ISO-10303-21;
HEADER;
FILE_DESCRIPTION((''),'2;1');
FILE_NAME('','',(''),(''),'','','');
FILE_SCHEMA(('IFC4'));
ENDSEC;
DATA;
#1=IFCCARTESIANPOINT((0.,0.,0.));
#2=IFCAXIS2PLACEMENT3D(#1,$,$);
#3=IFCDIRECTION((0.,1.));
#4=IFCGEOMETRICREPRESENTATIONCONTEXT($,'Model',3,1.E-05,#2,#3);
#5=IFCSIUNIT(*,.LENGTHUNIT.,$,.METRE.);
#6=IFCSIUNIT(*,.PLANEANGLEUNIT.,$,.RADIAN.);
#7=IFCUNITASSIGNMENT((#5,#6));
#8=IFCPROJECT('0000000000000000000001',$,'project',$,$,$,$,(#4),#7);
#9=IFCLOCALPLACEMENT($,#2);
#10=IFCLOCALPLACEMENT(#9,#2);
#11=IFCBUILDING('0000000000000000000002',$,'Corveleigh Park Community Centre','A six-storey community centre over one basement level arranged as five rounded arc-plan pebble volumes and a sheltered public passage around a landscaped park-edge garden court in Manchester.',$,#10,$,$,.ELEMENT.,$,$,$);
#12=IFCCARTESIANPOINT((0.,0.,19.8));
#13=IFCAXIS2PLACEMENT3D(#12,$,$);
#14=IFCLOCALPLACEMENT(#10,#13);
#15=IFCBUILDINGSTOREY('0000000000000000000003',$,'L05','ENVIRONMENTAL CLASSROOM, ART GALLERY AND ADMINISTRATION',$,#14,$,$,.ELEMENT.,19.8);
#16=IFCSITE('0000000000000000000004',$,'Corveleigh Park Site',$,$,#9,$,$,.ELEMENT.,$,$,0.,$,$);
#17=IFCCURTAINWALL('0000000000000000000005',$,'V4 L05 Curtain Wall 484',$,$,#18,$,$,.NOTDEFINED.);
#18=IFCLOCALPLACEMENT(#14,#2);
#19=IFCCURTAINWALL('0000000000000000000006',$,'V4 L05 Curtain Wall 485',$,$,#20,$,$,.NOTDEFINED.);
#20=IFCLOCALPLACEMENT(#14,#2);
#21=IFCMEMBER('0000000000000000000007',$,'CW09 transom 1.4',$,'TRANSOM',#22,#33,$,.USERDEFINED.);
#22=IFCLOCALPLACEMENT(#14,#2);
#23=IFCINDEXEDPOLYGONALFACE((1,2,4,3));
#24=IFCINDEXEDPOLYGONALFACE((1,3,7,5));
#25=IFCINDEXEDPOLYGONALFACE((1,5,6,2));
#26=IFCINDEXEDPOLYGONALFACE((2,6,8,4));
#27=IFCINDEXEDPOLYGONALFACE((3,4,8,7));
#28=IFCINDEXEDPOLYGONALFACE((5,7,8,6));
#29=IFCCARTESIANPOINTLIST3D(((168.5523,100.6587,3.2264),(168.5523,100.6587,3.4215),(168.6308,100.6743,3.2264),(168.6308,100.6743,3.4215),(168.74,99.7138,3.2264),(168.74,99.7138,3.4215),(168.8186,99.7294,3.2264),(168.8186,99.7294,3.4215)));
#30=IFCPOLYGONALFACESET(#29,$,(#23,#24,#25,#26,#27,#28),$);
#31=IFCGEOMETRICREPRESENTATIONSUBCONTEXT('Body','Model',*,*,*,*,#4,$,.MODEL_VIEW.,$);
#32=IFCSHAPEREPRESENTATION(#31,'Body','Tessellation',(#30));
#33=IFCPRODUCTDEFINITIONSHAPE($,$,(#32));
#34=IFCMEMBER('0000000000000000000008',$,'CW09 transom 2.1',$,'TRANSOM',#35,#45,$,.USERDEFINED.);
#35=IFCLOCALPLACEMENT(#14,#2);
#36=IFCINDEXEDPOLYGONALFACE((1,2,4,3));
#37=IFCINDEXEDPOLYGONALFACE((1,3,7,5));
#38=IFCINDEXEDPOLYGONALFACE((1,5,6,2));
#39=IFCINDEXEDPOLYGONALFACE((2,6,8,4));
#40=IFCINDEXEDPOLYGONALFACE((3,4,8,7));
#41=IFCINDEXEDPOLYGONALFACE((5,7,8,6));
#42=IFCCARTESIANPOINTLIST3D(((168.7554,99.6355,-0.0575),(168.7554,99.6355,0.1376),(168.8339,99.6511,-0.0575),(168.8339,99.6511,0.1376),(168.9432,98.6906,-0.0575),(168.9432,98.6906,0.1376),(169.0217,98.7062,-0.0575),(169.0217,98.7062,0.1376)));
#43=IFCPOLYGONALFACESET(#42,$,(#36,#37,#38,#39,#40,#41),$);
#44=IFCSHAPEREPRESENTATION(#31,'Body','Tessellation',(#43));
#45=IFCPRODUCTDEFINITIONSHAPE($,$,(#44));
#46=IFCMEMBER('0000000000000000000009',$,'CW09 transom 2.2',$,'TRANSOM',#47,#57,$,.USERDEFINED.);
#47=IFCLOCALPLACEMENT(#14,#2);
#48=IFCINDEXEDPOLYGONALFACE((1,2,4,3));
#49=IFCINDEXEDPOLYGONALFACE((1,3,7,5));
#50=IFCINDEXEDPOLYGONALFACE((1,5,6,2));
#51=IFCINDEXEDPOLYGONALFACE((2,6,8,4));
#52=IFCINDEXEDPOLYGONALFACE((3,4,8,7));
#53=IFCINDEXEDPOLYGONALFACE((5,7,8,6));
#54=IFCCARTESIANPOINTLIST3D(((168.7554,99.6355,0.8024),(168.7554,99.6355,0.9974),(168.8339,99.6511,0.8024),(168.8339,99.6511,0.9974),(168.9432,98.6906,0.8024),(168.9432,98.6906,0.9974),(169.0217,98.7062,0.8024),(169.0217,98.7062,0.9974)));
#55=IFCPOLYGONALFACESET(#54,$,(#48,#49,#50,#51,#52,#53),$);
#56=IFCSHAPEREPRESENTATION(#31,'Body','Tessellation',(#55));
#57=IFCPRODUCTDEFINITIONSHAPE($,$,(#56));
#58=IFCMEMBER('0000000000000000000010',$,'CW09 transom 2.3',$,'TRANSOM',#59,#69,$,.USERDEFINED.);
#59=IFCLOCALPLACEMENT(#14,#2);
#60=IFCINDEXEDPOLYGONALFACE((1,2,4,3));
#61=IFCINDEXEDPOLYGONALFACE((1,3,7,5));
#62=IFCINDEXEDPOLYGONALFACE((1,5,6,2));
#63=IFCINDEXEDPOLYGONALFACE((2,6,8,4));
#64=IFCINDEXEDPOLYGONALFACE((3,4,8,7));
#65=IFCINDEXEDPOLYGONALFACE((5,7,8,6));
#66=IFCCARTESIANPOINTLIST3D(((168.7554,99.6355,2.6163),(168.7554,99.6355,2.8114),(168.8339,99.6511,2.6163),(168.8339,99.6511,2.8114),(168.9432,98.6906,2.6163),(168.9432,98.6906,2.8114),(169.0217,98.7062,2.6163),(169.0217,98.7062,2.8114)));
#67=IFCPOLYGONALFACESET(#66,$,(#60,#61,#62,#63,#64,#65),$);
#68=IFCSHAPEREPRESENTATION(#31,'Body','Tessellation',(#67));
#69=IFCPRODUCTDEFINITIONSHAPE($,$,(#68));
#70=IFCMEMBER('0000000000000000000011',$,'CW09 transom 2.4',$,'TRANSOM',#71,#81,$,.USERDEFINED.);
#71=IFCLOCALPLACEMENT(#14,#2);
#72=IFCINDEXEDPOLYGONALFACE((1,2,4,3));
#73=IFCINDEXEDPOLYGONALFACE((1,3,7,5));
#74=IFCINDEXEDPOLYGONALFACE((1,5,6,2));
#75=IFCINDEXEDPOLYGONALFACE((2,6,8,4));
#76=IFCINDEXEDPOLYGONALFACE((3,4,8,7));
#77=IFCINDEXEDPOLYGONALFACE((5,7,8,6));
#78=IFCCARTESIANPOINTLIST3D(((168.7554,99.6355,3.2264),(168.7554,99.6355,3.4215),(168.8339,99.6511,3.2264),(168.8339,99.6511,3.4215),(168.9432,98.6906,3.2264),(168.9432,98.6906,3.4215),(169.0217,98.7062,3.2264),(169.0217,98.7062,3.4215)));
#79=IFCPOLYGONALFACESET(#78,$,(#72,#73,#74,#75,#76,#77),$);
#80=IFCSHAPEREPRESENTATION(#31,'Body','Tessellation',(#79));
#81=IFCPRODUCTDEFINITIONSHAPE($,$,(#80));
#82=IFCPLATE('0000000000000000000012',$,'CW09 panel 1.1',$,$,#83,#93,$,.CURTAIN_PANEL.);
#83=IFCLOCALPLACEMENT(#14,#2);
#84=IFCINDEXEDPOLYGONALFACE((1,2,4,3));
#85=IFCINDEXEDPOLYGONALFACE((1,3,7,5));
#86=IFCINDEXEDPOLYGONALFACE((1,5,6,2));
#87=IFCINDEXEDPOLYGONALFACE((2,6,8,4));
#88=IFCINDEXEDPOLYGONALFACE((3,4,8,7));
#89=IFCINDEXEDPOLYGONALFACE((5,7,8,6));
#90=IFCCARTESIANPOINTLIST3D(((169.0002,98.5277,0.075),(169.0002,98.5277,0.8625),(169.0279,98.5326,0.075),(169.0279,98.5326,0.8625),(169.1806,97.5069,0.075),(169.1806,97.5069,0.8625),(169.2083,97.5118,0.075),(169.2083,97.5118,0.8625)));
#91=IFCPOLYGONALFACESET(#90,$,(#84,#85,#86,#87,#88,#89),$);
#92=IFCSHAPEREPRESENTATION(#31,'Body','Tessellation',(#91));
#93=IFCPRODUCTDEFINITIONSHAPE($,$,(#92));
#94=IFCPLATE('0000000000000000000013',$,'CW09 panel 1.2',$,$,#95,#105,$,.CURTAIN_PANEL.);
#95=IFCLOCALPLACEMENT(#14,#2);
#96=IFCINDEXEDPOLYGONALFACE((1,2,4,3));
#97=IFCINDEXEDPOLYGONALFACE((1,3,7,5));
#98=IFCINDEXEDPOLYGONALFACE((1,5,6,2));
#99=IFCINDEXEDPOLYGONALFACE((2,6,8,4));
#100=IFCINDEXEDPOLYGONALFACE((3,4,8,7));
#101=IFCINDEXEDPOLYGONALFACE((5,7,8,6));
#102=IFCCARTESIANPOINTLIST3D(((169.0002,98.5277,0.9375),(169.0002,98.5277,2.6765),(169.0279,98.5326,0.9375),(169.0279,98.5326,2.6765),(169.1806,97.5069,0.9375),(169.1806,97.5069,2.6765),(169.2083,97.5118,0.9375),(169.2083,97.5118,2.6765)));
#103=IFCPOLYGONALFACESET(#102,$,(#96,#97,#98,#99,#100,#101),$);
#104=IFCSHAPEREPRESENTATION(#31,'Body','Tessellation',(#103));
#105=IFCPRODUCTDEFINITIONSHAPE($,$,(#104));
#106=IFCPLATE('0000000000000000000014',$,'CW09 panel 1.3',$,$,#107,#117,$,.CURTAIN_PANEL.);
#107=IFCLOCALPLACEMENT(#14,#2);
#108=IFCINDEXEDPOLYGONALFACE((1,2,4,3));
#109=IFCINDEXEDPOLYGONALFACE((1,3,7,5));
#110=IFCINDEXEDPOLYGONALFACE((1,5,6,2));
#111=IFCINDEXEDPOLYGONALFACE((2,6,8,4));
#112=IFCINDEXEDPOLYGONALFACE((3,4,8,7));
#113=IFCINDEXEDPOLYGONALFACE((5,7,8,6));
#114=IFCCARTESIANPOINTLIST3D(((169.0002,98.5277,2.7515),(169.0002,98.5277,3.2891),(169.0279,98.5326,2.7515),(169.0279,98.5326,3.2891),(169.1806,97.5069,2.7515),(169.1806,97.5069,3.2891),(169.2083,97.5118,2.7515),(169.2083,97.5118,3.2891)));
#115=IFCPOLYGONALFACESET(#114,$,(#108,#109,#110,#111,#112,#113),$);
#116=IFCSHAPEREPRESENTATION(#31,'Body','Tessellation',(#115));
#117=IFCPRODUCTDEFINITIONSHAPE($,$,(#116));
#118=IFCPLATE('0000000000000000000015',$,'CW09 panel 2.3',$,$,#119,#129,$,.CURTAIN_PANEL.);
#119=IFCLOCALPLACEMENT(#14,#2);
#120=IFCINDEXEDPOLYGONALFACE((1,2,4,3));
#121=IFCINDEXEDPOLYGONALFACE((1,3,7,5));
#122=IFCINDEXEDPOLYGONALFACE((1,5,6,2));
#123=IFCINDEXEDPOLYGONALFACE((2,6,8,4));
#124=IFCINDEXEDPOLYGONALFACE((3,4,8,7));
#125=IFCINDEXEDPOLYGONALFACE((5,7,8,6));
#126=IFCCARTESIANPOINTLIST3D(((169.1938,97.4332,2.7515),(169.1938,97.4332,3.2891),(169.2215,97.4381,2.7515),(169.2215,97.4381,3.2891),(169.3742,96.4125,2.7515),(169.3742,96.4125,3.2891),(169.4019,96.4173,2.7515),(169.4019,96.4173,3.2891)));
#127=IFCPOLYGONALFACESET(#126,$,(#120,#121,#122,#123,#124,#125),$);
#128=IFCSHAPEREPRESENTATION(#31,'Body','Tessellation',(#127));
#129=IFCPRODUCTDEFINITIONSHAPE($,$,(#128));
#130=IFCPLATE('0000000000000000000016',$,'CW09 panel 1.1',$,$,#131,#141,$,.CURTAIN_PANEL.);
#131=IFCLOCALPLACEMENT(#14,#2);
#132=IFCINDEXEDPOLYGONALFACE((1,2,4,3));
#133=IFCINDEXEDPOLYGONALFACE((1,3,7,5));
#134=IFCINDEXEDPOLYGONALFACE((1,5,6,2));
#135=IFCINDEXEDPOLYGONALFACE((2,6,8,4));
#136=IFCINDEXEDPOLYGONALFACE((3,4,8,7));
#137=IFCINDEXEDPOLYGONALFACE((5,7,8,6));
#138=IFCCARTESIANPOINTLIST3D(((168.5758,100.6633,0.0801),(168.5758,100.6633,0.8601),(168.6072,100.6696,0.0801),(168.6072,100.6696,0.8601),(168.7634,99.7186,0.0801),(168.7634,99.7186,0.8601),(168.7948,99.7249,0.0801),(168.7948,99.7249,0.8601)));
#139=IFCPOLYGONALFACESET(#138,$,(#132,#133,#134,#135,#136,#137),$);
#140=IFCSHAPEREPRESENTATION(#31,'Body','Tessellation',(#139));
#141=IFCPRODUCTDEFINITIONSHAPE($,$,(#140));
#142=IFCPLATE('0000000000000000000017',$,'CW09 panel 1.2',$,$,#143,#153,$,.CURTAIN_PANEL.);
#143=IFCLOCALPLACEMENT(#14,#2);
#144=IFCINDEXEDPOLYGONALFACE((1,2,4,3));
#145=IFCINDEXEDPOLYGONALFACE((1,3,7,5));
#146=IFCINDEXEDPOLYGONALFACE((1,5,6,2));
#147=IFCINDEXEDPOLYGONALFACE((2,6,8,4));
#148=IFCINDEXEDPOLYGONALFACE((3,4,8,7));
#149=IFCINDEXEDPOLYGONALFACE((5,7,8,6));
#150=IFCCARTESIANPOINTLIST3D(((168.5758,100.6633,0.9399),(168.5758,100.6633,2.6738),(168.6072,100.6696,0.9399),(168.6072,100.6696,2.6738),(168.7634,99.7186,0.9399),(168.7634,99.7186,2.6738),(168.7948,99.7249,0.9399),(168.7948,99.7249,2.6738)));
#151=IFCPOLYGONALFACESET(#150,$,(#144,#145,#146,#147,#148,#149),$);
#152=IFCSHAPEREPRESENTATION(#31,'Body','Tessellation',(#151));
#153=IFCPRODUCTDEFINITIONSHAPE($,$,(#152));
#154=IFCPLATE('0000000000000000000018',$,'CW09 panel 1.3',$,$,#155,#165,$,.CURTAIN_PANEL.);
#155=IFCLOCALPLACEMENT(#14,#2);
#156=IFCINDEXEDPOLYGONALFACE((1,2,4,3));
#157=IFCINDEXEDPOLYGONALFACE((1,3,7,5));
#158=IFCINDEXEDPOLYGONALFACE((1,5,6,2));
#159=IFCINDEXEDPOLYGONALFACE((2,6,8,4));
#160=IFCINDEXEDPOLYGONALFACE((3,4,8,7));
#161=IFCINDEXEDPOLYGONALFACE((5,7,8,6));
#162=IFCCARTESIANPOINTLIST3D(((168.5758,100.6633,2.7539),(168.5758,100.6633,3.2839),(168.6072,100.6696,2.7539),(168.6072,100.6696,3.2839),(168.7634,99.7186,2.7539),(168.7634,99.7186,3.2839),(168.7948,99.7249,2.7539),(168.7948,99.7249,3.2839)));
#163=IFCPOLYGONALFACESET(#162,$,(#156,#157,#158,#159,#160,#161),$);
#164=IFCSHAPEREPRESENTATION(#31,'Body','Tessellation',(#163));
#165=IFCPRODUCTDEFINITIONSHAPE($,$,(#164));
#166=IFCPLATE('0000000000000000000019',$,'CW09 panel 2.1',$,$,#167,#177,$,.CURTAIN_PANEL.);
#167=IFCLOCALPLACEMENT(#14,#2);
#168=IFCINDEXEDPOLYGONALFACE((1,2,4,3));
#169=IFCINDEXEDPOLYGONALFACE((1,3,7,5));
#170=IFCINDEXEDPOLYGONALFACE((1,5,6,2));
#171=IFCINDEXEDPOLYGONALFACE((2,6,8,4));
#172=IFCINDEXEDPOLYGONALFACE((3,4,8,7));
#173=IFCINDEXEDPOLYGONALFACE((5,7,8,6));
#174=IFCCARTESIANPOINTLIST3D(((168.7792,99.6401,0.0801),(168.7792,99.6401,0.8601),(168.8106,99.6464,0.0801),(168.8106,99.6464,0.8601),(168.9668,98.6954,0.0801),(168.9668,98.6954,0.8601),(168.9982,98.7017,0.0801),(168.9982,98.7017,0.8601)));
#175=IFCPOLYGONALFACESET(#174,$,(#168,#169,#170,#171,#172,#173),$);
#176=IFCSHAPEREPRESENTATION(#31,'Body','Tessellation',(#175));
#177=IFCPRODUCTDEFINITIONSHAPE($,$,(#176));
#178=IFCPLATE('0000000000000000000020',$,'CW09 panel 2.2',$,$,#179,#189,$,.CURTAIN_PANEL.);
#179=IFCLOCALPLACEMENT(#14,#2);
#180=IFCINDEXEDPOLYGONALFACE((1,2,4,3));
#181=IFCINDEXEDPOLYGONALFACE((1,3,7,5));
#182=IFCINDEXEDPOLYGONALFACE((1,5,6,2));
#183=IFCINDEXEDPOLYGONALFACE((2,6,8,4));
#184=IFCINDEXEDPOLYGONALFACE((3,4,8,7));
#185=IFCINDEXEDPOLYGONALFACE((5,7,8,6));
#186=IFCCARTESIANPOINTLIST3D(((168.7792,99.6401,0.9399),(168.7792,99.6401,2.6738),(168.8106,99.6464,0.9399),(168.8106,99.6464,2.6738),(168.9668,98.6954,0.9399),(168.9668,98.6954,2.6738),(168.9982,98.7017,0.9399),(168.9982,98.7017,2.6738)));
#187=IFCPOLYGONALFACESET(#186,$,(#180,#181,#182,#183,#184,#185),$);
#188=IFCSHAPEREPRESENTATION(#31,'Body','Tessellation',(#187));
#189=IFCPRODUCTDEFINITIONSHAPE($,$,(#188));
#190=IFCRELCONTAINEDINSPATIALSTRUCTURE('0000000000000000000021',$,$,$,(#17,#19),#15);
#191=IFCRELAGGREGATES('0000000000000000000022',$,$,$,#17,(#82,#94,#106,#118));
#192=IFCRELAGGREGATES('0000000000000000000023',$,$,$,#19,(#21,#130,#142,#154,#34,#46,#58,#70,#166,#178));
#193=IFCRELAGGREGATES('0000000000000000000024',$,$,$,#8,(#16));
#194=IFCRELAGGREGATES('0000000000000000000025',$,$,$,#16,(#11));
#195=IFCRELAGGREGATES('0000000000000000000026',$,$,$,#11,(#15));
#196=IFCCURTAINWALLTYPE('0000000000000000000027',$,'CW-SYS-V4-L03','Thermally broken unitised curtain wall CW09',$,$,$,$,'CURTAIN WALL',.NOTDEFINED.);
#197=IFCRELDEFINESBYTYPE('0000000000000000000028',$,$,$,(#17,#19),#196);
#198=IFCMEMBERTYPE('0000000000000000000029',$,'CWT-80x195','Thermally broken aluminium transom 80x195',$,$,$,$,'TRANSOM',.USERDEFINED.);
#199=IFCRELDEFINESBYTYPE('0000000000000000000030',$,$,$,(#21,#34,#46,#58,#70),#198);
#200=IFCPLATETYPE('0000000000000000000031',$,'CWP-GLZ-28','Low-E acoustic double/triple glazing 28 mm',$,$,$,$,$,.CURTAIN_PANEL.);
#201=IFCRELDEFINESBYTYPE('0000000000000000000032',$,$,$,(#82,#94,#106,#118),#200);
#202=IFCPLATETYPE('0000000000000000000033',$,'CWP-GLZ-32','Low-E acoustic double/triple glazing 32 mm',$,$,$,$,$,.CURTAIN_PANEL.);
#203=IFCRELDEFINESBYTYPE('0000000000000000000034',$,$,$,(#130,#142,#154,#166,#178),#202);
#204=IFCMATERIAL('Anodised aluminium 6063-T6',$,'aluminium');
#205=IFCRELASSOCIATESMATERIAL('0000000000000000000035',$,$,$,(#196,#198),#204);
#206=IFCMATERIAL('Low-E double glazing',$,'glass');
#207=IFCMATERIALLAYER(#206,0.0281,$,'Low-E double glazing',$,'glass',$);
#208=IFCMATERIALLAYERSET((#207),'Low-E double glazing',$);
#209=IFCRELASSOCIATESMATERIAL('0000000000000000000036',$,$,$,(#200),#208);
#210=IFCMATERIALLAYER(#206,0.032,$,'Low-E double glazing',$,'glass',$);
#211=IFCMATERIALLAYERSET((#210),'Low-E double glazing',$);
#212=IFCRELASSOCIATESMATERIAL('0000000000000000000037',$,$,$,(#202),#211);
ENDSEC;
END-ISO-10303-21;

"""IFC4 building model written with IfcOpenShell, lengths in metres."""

from ifc_helpers import new_model, si_unit, direction, frame, origin, origin_2d, place, context, subcontext, project, spatial, rectangle, extrude, material, layer, layer_set, material_profile, profile_set, type_object, element, aggregate, save


model = new_model("IFC4")

# Units and contexts
model_context = context("Model", 3, precision=1e-05, world=origin(), true_north=direction((0.0, 1.0)))
body_context = subcontext(model_context, "Body", "Model", "MODEL_VIEW")
ifc_project = project(units=[si_unit("LENGTHUNIT", "METRE"), si_unit("PLANEANGLEUNIT", "RADIAN")], contexts=[model_context])

# Site, building, storey
site_placement = place(None, origin())
site = spatial("IfcSite", under=ifc_project, at=site_placement, Name="Corveleigh Park Site", CompositionType="ELEMENT", RefElevation=0.0)
building_placement = place(site_placement, origin())
building = spatial("IfcBuilding", under=site, at=building_placement, Name="Corveleigh Park Community Centre", Description="A six-storey community centre over one basement level arranged as five rounded arc-plan pebble volumes and a sheltered public passage around a landscaped park-edge garden court in Manchester.", CompositionType="ELEMENT")
storey_placement = place(building_placement, frame((0.0, 0.0, 19.8)))
storey = spatial("IfcBuildingStorey", under=building, at=storey_placement, Name="L05", Description="ENVIRONMENTAL CLASSROOM, ART GALLERY AND ADMINISTRATION", CompositionType="ELEMENT", Elevation=19.8)

# Curtain walls
ifc_material_1 = material(Name="Anodised aluminium 6063-T6", Category="aluminium")
curtain_wall_type = type_object("IfcCurtainWallType", Name="CW-SYS-V4-L03", Description="Thermally broken unitised curtain wall CW09", ElementType="CURTAIN WALL", PredefinedType="NOTDEFINED", material=ifc_material_1)
curtain_wall_1_placement = place(storey_placement, origin())
curtain_wall_1 = element("IfcCurtainWall", 1, at=curtain_wall_1_placement, inside=storey, type_object=curtain_wall_type, Name="V4 L05 Curtain Wall 484", PredefinedType="NOTDEFINED")
curtain_wall_2_placement = place(storey_placement, origin())
curtain_wall_2 = element("IfcCurtainWall", 2, at=curtain_wall_2_placement, inside=storey, type_object=curtain_wall_type, Name="V4 L05 Curtain Wall 485", PredefinedType="NOTDEFINED")

# Members
ifc_material_profile_1 = material_profile(ifc_material_1, rectangle(XDim=0.0801, YDim=0.1951, at=origin_2d()), Name="ALU-T80x195", Category="aluminium")
ifc_profile_set_1 = profile_set([ifc_material_profile_1], Name="Anodised aluminium 6063-T6")
member_type_1 = type_object("IfcMemberType", Name="CWT-80x195", Description="Thermally broken aluminium transom 80x195", ElementType="TRANSOM", PredefinedType="USERDEFINED", material=ifc_profile_set_1)
member_1_placement = place(storey_placement, frame((168.5916, 100.6665, 3.324), z_axis=(0.194898, -0.980824, 0.0), x_axis=(0.980824, 0.194898, 0.0)))
member_1 = element("IfcMember", 3, at=member_1_placement, type_object=member_type_1, Name="CW09 transom 1.4", ObjectType="TRANSOM", PredefinedType="USERDEFINED", context=body_context, shape_type="SweptSolid", body=[
    extrude(rectangle(XDim=0.0801, YDim=0.1951, at=origin_2d()), origin(), (0.0, 0.0, 1.0), 0.9634),
])
member_2_placement = place(storey_placement, frame((168.7947, 99.6433, 0.04), z_axis=(0.194898, -0.980824, 0.0), x_axis=(0.980824, 0.194898, 0.0)))
member_2 = element("IfcMember", 4, at=member_2_placement, type_object=member_type_1, Name="CW09 transom 2.1", ObjectType="TRANSOM", PredefinedType="USERDEFINED", context=body_context, shape_type="SweptSolid", body=[
    extrude(rectangle(XDim=0.0801, YDim=0.1951, at=origin_2d()), origin(), (0.0, 0.0, 1.0), 0.9634),
])
member_3_placement = place(storey_placement, frame((168.7947, 99.6433, 0.8999), z_axis=(0.194898, -0.980824, 0.0), x_axis=(0.980824, 0.194898, 0.0)))
member_3 = element("IfcMember", 5, at=member_3_placement, type_object=member_type_1, Name="CW09 transom 2.2", ObjectType="TRANSOM", PredefinedType="USERDEFINED", context=body_context, shape_type="SweptSolid", body=[
    extrude(rectangle(XDim=0.0801, YDim=0.1951, at=origin_2d()), origin(), (0.0, 0.0, 1.0), 0.9634),
])
member_4_placement = place(storey_placement, frame((168.7947, 99.6433, 2.7139), z_axis=(0.194898, -0.980824, 0.0), x_axis=(0.980824, 0.194898, 0.0)))
member_4 = element("IfcMember", 6, at=member_4_placement, type_object=member_type_1, Name="CW09 transom 2.3", ObjectType="TRANSOM", PredefinedType="USERDEFINED", context=body_context, shape_type="SweptSolid", body=[
    extrude(rectangle(XDim=0.0801, YDim=0.1951, at=origin_2d()), origin(), (0.0, 0.0, 1.0), 0.9634),
])
member_5_placement = place(storey_placement, frame((168.7947, 99.6433, 3.324), z_axis=(0.194898, -0.980824, 0.0), x_axis=(0.980824, 0.194898, 0.0)))
member_5 = element("IfcMember", 7, at=member_5_placement, type_object=member_type_1, Name="CW09 transom 2.4", ObjectType="TRANSOM", PredefinedType="USERDEFINED", context=body_context, shape_type="SweptSolid", body=[
    extrude(rectangle(XDim=0.0801, YDim=0.1951, at=origin_2d()), origin(), (0.0, 0.0, 1.0), 0.9634),
])

# Plates
ifc_material_2 = material(Name="Low-E double glazing", Category="glass")
ifc_layer_1 = layer(ifc_material_2, 0.0281, Name="Low-E double glazing", Category="glass")
ifc_layer_set_1 = layer_set([ifc_layer_1], Name="Low-E double glazing")
plate_type_1 = type_object("IfcPlateType", Name="CWP-GLZ-28", Description="Low-E acoustic double/triple glazing 28 mm", PredefinedType="CURTAIN_PANEL", material=ifc_layer_set_1)
plate_1_placement = place(storey_placement, frame((169.1042, 98.0198, 0.075), z_axis=(0.0, 0.0, 1.0), x_axis=(0.174058, -0.984735, 0.0)))
plate_1 = element("IfcPlate", 8, at=plate_1_placement, type_object=plate_type_1, Name="CW09 panel 1.1", PredefinedType="CURTAIN_PANEL", context=body_context, shape_type="SweptSolid", body=[
    extrude(rectangle(XDim=1.0366, YDim=0.0281, at=origin_2d()), origin(), (0.0, 0.0, 1.0), 0.7876),
])
plate_2_placement = place(storey_placement, frame((169.1042, 98.0198, 0.9375), z_axis=(0.0, 0.0, 1.0), x_axis=(0.174058, -0.984735, 0.0)))
plate_2 = element("IfcPlate", 9, at=plate_2_placement, type_object=plate_type_1, Name="CW09 panel 1.2", PredefinedType="CURTAIN_PANEL", context=body_context, shape_type="SweptSolid", body=[
    extrude(rectangle(XDim=1.0366, YDim=0.0281, at=origin_2d()), origin(), (0.0, 0.0, 1.0), 1.739),
])
plate_3_placement = place(storey_placement, frame((169.1042, 98.0198, 2.7515), z_axis=(0.0, 0.0, 1.0), x_axis=(0.174058, -0.984735, 0.0)))
plate_3 = element("IfcPlate", 10, at=plate_3_placement, type_object=plate_type_1, Name="CW09 panel 1.3", PredefinedType="CURTAIN_PANEL", context=body_context, shape_type="SweptSolid", body=[
    extrude(rectangle(XDim=1.0366, YDim=0.0281, at=origin_2d()), origin(), (0.0, 0.0, 1.0), 0.5376),
])
plate_4_placement = place(storey_placement, frame((169.2979, 96.9253, 2.7515), z_axis=(0.0, 0.0, 1.0), x_axis=(0.174058, -0.984735, 0.0)))
plate_4 = element("IfcPlate", 11, at=plate_4_placement, type_object=plate_type_1, Name="CW09 panel 2.3", PredefinedType="CURTAIN_PANEL", context=body_context, shape_type="SweptSolid", body=[
    extrude(rectangle(XDim=1.0366, YDim=0.0281, at=origin_2d()), origin(), (0.0, 0.0, 1.0), 0.5376),
])
aggregate(curtain_wall_1, [plate_1, plate_2, plate_3, plate_4])
ifc_layer_2 = layer(ifc_material_2, 0.032, Name="Low-E double glazing", Category="glass")
ifc_layer_set_2 = layer_set([ifc_layer_2], Name="Low-E double glazing")
plate_type_2 = type_object("IfcPlateType", Name="CWP-GLZ-32", Description="Low-E acoustic double/triple glazing 32 mm", PredefinedType="CURTAIN_PANEL", material=ifc_layer_set_2)
plate_5_placement = place(storey_placement, frame((168.6853, 100.1941, 0.0801), z_axis=(0.0, 0.0, 1.0), x_axis=(0.194784, -0.980846, 0.0)))
plate_5 = element("IfcPlate", 12, at=plate_5_placement, type_object=plate_type_2, Name="CW09 panel 1.1", PredefinedType="CURTAIN_PANEL", context=body_context, shape_type="SweptSolid", body=[
    extrude(rectangle(XDim=0.9631, YDim=0.032, at=origin_2d()), origin(), (0.0, 0.0, 1.0), 0.78),
])
plate_6_placement = place(storey_placement, frame((168.6853, 100.1941, 0.9399), z_axis=(0.0, 0.0, 1.0), x_axis=(0.194784, -0.980846, 0.0)))
plate_6 = element("IfcPlate", 13, at=plate_6_placement, type_object=plate_type_2, Name="CW09 panel 1.2", PredefinedType="CURTAIN_PANEL", context=body_context, shape_type="SweptSolid", body=[
    extrude(rectangle(XDim=0.9631, YDim=0.032, at=origin_2d()), origin(), (0.0, 0.0, 1.0), 1.7339),
])
plate_7_placement = place(storey_placement, frame((168.6853, 100.1941, 2.7539), z_axis=(0.0, 0.0, 1.0), x_axis=(0.194784, -0.980846, 0.0)))
plate_7 = element("IfcPlate", 14, at=plate_7_placement, type_object=plate_type_2, Name="CW09 panel 1.3", PredefinedType="CURTAIN_PANEL", context=body_context, shape_type="SweptSolid", body=[
    extrude(rectangle(XDim=0.9631, YDim=0.032, at=origin_2d()), origin(), (0.0, 0.0, 1.0), 0.53),
])
plate_8_placement = place(storey_placement, frame((168.8887, 99.1709, 0.0801), z_axis=(0.0, 0.0, 1.0), x_axis=(0.194784, -0.980846, 0.0)))
plate_8 = element("IfcPlate", 15, at=plate_8_placement, type_object=plate_type_2, Name="CW09 panel 2.1", PredefinedType="CURTAIN_PANEL", context=body_context, shape_type="SweptSolid", body=[
    extrude(rectangle(XDim=0.9631, YDim=0.032, at=origin_2d()), origin(), (0.0, 0.0, 1.0), 0.78),
])
plate_9_placement = place(storey_placement, frame((168.8887, 99.1709, 0.9399), z_axis=(0.0, 0.0, 1.0), x_axis=(0.194784, -0.980846, 0.0)))
plate_9 = element("IfcPlate", 16, at=plate_9_placement, type_object=plate_type_2, Name="CW09 panel 2.2", PredefinedType="CURTAIN_PANEL", context=body_context, shape_type="SweptSolid", body=[
    extrude(rectangle(XDim=0.9631, YDim=0.032, at=origin_2d()), origin(), (0.0, 0.0, 1.0), 1.7339),
])
aggregate(curtain_wall_2, [member_1, plate_5, plate_6, plate_7, member_2, member_3, member_4, member_5, plate_8, plate_9])

save(model, "model.ifc")
